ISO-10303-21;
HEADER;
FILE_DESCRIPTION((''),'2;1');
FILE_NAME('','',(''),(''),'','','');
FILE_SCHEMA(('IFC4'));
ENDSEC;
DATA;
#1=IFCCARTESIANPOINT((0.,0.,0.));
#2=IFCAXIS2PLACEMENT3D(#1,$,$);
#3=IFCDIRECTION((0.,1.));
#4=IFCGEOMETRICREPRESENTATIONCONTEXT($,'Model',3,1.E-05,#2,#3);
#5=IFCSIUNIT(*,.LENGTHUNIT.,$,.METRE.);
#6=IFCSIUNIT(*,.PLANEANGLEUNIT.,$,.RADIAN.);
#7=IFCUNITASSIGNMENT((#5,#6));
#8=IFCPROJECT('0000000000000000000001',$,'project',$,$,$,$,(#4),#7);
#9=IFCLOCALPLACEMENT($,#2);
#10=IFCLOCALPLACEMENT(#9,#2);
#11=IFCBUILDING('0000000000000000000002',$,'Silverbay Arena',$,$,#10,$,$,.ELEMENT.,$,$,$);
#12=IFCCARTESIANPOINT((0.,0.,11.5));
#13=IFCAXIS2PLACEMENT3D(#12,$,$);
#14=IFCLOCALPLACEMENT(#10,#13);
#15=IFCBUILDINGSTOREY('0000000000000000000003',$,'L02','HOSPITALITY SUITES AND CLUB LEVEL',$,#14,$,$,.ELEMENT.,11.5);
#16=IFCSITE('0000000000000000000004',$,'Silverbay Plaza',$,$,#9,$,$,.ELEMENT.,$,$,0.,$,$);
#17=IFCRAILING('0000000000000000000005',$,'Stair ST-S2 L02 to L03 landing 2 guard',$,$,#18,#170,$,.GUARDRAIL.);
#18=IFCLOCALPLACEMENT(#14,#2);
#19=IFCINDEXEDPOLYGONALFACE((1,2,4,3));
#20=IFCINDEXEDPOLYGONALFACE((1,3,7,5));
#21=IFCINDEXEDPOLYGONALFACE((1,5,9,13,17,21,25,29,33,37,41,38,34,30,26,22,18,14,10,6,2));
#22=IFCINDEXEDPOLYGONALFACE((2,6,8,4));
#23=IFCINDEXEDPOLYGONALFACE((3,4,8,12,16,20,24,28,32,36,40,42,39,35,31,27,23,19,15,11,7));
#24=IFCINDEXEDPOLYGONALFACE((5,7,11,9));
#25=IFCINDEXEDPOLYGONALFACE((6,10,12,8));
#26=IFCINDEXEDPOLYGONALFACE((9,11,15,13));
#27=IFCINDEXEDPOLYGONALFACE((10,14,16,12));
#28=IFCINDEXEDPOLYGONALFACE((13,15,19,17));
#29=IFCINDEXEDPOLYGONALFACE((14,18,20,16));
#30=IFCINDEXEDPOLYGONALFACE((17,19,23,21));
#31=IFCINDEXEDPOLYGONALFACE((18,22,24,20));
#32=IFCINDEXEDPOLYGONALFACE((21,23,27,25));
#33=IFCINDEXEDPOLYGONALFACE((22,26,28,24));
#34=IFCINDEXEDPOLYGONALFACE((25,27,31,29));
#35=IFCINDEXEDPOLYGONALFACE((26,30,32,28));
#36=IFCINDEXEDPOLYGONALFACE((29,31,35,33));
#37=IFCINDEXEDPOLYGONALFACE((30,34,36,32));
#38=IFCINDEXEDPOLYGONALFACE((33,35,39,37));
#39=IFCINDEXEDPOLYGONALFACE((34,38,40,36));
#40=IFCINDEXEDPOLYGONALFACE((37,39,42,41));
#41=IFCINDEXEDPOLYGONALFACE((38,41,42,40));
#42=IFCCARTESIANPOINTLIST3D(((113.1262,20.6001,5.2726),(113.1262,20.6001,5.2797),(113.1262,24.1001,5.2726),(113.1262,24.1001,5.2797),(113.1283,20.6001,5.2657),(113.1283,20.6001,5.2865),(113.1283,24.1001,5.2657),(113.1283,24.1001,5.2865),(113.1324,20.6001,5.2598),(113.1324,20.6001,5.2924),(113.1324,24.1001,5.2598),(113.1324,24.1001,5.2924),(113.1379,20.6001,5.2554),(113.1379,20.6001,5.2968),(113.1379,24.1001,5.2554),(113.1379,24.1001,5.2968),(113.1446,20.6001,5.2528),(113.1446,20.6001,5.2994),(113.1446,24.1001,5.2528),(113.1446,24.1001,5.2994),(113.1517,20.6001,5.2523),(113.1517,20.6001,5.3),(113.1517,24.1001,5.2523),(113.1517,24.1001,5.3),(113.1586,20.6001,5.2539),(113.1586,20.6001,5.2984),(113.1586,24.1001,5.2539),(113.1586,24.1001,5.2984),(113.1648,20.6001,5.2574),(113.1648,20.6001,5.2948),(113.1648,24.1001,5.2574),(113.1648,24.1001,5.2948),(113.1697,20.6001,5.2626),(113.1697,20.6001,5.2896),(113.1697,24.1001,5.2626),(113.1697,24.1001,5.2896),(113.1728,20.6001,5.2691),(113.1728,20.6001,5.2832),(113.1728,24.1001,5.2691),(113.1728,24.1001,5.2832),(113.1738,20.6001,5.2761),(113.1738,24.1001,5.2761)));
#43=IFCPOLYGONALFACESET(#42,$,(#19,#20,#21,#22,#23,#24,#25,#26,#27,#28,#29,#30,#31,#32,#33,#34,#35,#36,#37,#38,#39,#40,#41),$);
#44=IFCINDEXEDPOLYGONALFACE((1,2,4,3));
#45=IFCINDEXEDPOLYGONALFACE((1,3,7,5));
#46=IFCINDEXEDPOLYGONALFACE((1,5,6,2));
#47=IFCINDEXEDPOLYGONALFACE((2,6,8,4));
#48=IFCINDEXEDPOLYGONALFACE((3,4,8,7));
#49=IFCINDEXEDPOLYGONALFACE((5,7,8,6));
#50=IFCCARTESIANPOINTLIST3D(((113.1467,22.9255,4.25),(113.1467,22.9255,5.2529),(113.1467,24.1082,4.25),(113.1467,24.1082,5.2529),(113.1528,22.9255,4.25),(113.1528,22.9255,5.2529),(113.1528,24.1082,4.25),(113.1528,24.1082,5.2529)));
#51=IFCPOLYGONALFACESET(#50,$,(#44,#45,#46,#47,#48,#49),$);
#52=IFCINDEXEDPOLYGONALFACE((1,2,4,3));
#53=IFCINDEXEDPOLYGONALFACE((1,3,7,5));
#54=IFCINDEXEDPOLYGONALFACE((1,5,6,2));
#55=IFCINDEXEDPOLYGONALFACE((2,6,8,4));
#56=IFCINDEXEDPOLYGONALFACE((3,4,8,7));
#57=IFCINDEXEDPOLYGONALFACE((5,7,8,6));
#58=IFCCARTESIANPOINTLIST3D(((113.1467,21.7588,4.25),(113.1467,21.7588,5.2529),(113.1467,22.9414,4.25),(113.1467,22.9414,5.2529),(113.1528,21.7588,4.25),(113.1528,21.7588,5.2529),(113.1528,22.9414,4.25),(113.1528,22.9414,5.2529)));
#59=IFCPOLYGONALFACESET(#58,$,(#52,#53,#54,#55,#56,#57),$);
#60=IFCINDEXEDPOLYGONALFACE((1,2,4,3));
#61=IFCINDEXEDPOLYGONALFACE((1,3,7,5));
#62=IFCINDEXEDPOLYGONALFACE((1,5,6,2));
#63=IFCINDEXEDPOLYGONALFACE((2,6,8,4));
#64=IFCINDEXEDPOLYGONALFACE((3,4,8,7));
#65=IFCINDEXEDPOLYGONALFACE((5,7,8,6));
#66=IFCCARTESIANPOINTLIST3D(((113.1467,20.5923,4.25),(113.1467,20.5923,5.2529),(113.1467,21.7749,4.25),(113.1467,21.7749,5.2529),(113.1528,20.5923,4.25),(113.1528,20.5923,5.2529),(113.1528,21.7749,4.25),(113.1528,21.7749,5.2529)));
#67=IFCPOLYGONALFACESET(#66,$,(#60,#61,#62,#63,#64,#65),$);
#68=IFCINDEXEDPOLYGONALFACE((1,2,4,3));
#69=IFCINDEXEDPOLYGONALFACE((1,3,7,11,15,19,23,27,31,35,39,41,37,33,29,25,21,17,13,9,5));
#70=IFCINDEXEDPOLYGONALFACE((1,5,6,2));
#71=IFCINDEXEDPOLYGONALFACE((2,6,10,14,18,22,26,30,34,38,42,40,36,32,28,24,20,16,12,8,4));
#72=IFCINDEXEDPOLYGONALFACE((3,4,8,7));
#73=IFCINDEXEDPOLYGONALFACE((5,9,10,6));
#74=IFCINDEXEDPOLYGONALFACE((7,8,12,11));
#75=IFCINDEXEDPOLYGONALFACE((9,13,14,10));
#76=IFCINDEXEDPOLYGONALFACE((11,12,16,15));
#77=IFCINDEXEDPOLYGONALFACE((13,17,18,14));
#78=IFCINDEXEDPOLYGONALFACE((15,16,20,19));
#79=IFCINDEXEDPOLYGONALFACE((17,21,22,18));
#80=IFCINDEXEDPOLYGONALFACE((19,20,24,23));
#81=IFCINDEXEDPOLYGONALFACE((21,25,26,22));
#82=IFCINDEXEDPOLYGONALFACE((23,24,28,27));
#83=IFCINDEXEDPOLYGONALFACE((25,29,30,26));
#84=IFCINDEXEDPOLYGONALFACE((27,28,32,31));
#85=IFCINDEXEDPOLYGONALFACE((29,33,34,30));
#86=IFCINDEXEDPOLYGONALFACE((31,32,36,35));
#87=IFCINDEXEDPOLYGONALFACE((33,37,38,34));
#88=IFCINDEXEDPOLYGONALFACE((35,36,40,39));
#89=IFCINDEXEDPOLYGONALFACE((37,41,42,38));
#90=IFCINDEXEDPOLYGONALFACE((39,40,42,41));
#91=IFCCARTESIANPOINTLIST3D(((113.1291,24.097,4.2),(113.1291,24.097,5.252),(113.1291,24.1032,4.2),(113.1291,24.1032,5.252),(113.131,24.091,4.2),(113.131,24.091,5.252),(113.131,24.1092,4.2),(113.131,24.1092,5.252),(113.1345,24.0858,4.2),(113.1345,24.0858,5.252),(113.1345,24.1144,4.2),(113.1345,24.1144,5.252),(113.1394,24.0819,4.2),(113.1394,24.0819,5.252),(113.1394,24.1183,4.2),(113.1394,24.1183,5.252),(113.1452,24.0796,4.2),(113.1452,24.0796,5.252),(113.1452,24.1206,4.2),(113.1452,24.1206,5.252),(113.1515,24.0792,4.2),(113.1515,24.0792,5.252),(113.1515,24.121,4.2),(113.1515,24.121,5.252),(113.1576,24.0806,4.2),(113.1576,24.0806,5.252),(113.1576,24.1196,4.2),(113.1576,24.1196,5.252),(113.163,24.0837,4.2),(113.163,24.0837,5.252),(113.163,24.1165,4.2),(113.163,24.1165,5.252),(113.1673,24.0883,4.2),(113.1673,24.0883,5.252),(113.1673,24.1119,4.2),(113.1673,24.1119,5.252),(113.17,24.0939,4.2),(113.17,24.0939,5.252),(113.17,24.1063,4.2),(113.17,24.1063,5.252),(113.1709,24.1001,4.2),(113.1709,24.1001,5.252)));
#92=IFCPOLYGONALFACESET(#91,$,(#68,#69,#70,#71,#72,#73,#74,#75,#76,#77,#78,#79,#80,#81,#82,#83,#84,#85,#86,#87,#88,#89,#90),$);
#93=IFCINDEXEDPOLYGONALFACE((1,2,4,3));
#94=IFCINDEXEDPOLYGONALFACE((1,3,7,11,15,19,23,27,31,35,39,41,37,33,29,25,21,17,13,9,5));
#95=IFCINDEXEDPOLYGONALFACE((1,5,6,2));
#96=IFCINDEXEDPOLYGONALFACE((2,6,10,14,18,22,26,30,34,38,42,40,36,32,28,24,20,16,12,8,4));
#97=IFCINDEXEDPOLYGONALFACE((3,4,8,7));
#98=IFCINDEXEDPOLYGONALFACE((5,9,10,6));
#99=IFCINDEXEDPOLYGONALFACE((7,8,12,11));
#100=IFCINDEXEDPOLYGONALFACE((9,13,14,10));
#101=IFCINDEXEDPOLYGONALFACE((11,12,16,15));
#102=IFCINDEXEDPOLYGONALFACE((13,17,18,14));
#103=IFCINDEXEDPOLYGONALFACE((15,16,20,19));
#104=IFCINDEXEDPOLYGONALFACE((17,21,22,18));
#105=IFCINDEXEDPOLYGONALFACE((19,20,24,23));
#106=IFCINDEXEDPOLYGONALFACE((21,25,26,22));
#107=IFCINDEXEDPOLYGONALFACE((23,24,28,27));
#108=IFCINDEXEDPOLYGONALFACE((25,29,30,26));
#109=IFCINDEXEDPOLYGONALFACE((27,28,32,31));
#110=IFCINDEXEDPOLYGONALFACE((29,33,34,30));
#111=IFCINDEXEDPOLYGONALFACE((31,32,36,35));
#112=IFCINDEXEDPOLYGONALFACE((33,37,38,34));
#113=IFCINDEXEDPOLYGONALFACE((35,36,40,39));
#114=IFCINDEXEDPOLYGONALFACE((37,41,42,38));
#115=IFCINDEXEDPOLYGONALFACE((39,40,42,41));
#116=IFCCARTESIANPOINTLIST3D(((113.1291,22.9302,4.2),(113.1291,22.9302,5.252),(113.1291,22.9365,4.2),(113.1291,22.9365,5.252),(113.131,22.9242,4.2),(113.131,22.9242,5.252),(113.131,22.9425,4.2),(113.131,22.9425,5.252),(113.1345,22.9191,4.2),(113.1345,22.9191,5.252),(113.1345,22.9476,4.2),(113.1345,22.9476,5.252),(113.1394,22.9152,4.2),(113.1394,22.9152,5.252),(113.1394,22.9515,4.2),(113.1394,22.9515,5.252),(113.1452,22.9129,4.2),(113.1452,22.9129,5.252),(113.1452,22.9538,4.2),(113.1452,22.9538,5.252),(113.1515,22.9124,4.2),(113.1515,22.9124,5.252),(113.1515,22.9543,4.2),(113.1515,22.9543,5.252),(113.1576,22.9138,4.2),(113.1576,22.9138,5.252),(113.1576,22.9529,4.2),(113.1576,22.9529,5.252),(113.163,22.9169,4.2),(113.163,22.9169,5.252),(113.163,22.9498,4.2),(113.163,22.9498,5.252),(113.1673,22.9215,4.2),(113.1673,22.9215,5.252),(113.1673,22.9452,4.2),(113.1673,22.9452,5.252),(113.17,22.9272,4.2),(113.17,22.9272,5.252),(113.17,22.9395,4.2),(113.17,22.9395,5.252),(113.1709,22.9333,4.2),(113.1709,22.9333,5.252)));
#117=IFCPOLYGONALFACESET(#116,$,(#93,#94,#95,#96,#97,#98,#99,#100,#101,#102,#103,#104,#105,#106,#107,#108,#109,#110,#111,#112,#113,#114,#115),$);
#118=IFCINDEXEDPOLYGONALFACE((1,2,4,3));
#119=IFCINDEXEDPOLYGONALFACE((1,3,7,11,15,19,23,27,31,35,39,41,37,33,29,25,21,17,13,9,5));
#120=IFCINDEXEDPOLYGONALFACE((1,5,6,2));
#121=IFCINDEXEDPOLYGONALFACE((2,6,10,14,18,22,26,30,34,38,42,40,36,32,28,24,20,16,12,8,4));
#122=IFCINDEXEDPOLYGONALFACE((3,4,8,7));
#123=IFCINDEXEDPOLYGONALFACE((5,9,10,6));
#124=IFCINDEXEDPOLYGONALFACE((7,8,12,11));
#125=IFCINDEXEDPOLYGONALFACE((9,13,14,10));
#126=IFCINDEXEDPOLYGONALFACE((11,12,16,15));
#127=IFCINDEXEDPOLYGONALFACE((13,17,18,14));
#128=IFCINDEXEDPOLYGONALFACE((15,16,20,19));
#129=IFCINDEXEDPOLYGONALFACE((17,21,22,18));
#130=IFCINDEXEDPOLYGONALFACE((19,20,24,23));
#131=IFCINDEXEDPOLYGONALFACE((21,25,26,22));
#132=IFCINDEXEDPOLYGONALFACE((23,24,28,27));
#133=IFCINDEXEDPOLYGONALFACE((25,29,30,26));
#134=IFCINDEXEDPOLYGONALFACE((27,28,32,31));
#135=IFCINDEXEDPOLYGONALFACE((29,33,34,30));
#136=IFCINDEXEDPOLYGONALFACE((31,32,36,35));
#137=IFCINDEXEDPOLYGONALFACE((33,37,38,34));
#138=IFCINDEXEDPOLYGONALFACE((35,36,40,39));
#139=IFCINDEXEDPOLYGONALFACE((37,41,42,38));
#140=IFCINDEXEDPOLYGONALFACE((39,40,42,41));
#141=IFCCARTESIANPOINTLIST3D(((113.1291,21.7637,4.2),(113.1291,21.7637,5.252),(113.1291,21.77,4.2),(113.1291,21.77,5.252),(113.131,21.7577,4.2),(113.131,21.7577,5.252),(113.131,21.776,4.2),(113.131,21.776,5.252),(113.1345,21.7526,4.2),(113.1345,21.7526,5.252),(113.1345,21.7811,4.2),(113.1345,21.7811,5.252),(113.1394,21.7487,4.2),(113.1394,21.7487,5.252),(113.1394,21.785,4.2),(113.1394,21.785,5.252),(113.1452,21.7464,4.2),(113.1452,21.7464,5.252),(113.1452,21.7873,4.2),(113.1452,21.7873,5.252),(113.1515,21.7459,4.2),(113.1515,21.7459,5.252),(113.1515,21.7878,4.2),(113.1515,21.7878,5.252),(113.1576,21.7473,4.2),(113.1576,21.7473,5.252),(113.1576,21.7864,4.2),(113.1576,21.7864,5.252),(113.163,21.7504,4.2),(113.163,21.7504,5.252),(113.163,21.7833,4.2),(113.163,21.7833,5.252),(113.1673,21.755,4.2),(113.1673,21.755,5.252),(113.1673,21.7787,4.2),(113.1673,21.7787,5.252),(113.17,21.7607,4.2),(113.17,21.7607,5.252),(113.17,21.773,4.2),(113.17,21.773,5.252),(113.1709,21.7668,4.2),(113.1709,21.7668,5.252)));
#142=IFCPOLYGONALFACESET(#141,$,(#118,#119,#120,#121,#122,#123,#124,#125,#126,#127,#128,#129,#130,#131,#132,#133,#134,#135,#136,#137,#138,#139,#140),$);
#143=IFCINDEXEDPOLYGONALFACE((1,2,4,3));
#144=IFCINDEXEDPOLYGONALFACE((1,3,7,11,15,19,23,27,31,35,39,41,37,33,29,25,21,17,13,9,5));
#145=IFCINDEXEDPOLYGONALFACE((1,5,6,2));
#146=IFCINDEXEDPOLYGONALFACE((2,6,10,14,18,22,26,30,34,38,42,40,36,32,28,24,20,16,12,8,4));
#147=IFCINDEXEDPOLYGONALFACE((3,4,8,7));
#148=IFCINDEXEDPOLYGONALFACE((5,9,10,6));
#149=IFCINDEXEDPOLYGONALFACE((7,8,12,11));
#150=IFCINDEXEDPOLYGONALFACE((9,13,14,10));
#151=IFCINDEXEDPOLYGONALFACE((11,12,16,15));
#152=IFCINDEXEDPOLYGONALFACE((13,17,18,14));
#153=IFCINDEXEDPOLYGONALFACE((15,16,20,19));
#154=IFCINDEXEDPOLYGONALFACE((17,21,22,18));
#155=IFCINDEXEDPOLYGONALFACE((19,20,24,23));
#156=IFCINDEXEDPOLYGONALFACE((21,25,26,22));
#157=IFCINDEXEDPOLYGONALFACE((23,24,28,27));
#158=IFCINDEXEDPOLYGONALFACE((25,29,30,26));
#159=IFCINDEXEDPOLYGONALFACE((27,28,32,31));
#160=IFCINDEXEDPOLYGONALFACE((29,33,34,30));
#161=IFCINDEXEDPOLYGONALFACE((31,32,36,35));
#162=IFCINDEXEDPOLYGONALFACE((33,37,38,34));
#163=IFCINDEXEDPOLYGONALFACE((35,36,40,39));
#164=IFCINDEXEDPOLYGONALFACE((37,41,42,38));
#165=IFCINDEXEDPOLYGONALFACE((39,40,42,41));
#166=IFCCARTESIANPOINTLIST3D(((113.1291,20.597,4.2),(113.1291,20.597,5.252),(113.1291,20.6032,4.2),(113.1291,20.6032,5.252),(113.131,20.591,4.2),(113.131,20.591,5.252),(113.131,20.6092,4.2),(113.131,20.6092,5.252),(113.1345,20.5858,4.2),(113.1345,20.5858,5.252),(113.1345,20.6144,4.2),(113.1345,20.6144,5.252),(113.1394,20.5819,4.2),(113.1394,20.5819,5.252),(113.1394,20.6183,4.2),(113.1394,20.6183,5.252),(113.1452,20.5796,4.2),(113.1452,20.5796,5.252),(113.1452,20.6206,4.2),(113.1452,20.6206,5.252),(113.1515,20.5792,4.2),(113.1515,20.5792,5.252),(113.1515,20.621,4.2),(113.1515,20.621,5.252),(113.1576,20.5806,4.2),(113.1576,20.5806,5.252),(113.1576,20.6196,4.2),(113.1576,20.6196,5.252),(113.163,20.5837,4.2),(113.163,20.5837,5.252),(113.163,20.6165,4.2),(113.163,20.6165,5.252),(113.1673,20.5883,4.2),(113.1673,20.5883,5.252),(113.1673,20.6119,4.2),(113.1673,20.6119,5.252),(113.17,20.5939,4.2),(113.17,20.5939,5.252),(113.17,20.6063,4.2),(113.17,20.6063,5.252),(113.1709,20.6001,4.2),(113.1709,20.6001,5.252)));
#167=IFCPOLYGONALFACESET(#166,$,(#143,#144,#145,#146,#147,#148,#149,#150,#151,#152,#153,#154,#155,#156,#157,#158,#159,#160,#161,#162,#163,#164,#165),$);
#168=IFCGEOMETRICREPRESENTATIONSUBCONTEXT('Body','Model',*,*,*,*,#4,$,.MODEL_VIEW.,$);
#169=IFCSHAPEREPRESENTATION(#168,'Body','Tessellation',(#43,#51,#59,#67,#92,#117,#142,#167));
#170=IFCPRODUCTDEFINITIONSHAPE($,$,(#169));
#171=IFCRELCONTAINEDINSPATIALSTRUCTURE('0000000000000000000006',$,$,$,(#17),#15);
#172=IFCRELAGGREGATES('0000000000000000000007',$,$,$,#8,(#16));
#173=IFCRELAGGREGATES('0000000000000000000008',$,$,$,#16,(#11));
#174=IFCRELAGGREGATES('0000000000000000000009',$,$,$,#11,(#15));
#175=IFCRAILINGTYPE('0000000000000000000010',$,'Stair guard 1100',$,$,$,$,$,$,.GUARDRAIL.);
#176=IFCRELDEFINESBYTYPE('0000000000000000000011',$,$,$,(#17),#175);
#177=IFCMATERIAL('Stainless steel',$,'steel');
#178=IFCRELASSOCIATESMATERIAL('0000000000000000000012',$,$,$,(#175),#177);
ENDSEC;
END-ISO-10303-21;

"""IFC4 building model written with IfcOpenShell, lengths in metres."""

from ifc_helpers import new_model, si_unit, direction, frame, origin, origin_2d, place, context, subcontext, project, spatial, polyline, circle, outline, extrude, material, type_object, element, save


model = new_model("IFC4")

# Units and contexts
model_context = context("Model", 3, precision=1e-05, world=origin(), true_north=direction((0.0, 1.0)))
body_context = subcontext(model_context, "Body", "Model", "MODEL_VIEW")
ifc_project = project(units=[si_unit("LENGTHUNIT", "METRE"), si_unit("PLANEANGLEUNIT", "RADIAN")], contexts=[model_context])

# Site, building, storey
site_placement = place(None, origin())
site = spatial("IfcSite", under=ifc_project, at=site_placement, Name="Silverbay Plaza", CompositionType="ELEMENT", RefElevation=0.0)
building_placement = place(site_placement, origin())
building = spatial("IfcBuilding", under=site, at=building_placement, Name="Silverbay Arena", CompositionType="ELEMENT")
storey_placement = place(building_placement, frame((0.0, 0.0, 11.5)))
storey = spatial("IfcBuildingStorey", under=building, at=storey_placement, Name="L02", Description="HOSPITALITY SUITES AND CLUB LEVEL", CompositionType="ELEMENT", Elevation=11.5)

# Railing
ifc_material_1 = material(Name="Stainless steel", Category="steel")
railing_type_1 = type_object("IfcRailingType", Name="Stair guard 1100", PredefinedType="GUARDRAIL", material=ifc_material_1)
for number, where, name in (
    (1, (113.1499, 24.1001, 4.2), "Stair ST-S2 L02 to L03 landing 2 guard"),
):
    element("IfcRailing", number, at=place(storey_placement, frame(where)), inside=storey, type_object=railing_type_1, Name=name, PredefinedType="GUARDRAIL", context=body_context, shape_type="SweptSolid", body=[
        extrude(circle(Radius=0.0239, at=origin_2d()), frame((0.0, 0.0, 1.0762), z_axis=(0.0, -1.0, 0.0), x_axis=(1.0, 0.0, 0.0)), (0.0, 0.0, 1.0), 3.5),
        extrude(outline(polyline([(-0.0081, 0.05), (1.1746, 0.05), (1.1746, 1.053), (-0.0081, 1.053), (-0.0081, 0.05)])), frame((0.0029, 0.0, 0.0), z_axis=(-1.0, 0.0, 0.0), x_axis=(0.0, -1.0, 0.0)), (0.0, 0.0, 1.0), 0.0061),
        extrude(outline(polyline([(-0.0081, 0.05), (1.1746, 0.05), (1.1746, 1.053), (-0.0081, 1.053), (-0.0081, 0.05)])), frame((0.0029, -1.1667, 0.0), z_axis=(-1.0, 0.0, 0.0), x_axis=(0.0, -1.0, 0.0)), (0.0, 0.0, 1.0), 0.0061),
        extrude(outline(polyline([(-0.0081, 0.05), (1.1746, 0.05), (1.1746, 1.053), (-0.0081, 1.053), (-0.0081, 0.05)])), frame((0.0029, -2.3333, 0.0), z_axis=(-1.0, 0.0, 0.0), x_axis=(0.0, -1.0, 0.0)), (0.0, 0.0, 1.0), 0.0061),
        extrude(circle(Radius=0.021, at=origin_2d()), origin(), (0.0, 0.0, 1.0), 1.052),
        extrude(circle(Radius=0.021, at=origin_2d()), frame((0.0, -1.1667, 0.0)), (0.0, 0.0, 1.0), 1.052),
        extrude(circle(Radius=0.021, at=origin_2d()), frame((0.0, -2.3333, 0.0)), (0.0, 0.0, 1.0), 1.052),
        extrude(circle(Radius=0.021, at=origin_2d()), frame((0.0, -3.5, 0.0)), (0.0, 0.0, 1.0), 1.052),
    ])

save(model, "model.ifc")
